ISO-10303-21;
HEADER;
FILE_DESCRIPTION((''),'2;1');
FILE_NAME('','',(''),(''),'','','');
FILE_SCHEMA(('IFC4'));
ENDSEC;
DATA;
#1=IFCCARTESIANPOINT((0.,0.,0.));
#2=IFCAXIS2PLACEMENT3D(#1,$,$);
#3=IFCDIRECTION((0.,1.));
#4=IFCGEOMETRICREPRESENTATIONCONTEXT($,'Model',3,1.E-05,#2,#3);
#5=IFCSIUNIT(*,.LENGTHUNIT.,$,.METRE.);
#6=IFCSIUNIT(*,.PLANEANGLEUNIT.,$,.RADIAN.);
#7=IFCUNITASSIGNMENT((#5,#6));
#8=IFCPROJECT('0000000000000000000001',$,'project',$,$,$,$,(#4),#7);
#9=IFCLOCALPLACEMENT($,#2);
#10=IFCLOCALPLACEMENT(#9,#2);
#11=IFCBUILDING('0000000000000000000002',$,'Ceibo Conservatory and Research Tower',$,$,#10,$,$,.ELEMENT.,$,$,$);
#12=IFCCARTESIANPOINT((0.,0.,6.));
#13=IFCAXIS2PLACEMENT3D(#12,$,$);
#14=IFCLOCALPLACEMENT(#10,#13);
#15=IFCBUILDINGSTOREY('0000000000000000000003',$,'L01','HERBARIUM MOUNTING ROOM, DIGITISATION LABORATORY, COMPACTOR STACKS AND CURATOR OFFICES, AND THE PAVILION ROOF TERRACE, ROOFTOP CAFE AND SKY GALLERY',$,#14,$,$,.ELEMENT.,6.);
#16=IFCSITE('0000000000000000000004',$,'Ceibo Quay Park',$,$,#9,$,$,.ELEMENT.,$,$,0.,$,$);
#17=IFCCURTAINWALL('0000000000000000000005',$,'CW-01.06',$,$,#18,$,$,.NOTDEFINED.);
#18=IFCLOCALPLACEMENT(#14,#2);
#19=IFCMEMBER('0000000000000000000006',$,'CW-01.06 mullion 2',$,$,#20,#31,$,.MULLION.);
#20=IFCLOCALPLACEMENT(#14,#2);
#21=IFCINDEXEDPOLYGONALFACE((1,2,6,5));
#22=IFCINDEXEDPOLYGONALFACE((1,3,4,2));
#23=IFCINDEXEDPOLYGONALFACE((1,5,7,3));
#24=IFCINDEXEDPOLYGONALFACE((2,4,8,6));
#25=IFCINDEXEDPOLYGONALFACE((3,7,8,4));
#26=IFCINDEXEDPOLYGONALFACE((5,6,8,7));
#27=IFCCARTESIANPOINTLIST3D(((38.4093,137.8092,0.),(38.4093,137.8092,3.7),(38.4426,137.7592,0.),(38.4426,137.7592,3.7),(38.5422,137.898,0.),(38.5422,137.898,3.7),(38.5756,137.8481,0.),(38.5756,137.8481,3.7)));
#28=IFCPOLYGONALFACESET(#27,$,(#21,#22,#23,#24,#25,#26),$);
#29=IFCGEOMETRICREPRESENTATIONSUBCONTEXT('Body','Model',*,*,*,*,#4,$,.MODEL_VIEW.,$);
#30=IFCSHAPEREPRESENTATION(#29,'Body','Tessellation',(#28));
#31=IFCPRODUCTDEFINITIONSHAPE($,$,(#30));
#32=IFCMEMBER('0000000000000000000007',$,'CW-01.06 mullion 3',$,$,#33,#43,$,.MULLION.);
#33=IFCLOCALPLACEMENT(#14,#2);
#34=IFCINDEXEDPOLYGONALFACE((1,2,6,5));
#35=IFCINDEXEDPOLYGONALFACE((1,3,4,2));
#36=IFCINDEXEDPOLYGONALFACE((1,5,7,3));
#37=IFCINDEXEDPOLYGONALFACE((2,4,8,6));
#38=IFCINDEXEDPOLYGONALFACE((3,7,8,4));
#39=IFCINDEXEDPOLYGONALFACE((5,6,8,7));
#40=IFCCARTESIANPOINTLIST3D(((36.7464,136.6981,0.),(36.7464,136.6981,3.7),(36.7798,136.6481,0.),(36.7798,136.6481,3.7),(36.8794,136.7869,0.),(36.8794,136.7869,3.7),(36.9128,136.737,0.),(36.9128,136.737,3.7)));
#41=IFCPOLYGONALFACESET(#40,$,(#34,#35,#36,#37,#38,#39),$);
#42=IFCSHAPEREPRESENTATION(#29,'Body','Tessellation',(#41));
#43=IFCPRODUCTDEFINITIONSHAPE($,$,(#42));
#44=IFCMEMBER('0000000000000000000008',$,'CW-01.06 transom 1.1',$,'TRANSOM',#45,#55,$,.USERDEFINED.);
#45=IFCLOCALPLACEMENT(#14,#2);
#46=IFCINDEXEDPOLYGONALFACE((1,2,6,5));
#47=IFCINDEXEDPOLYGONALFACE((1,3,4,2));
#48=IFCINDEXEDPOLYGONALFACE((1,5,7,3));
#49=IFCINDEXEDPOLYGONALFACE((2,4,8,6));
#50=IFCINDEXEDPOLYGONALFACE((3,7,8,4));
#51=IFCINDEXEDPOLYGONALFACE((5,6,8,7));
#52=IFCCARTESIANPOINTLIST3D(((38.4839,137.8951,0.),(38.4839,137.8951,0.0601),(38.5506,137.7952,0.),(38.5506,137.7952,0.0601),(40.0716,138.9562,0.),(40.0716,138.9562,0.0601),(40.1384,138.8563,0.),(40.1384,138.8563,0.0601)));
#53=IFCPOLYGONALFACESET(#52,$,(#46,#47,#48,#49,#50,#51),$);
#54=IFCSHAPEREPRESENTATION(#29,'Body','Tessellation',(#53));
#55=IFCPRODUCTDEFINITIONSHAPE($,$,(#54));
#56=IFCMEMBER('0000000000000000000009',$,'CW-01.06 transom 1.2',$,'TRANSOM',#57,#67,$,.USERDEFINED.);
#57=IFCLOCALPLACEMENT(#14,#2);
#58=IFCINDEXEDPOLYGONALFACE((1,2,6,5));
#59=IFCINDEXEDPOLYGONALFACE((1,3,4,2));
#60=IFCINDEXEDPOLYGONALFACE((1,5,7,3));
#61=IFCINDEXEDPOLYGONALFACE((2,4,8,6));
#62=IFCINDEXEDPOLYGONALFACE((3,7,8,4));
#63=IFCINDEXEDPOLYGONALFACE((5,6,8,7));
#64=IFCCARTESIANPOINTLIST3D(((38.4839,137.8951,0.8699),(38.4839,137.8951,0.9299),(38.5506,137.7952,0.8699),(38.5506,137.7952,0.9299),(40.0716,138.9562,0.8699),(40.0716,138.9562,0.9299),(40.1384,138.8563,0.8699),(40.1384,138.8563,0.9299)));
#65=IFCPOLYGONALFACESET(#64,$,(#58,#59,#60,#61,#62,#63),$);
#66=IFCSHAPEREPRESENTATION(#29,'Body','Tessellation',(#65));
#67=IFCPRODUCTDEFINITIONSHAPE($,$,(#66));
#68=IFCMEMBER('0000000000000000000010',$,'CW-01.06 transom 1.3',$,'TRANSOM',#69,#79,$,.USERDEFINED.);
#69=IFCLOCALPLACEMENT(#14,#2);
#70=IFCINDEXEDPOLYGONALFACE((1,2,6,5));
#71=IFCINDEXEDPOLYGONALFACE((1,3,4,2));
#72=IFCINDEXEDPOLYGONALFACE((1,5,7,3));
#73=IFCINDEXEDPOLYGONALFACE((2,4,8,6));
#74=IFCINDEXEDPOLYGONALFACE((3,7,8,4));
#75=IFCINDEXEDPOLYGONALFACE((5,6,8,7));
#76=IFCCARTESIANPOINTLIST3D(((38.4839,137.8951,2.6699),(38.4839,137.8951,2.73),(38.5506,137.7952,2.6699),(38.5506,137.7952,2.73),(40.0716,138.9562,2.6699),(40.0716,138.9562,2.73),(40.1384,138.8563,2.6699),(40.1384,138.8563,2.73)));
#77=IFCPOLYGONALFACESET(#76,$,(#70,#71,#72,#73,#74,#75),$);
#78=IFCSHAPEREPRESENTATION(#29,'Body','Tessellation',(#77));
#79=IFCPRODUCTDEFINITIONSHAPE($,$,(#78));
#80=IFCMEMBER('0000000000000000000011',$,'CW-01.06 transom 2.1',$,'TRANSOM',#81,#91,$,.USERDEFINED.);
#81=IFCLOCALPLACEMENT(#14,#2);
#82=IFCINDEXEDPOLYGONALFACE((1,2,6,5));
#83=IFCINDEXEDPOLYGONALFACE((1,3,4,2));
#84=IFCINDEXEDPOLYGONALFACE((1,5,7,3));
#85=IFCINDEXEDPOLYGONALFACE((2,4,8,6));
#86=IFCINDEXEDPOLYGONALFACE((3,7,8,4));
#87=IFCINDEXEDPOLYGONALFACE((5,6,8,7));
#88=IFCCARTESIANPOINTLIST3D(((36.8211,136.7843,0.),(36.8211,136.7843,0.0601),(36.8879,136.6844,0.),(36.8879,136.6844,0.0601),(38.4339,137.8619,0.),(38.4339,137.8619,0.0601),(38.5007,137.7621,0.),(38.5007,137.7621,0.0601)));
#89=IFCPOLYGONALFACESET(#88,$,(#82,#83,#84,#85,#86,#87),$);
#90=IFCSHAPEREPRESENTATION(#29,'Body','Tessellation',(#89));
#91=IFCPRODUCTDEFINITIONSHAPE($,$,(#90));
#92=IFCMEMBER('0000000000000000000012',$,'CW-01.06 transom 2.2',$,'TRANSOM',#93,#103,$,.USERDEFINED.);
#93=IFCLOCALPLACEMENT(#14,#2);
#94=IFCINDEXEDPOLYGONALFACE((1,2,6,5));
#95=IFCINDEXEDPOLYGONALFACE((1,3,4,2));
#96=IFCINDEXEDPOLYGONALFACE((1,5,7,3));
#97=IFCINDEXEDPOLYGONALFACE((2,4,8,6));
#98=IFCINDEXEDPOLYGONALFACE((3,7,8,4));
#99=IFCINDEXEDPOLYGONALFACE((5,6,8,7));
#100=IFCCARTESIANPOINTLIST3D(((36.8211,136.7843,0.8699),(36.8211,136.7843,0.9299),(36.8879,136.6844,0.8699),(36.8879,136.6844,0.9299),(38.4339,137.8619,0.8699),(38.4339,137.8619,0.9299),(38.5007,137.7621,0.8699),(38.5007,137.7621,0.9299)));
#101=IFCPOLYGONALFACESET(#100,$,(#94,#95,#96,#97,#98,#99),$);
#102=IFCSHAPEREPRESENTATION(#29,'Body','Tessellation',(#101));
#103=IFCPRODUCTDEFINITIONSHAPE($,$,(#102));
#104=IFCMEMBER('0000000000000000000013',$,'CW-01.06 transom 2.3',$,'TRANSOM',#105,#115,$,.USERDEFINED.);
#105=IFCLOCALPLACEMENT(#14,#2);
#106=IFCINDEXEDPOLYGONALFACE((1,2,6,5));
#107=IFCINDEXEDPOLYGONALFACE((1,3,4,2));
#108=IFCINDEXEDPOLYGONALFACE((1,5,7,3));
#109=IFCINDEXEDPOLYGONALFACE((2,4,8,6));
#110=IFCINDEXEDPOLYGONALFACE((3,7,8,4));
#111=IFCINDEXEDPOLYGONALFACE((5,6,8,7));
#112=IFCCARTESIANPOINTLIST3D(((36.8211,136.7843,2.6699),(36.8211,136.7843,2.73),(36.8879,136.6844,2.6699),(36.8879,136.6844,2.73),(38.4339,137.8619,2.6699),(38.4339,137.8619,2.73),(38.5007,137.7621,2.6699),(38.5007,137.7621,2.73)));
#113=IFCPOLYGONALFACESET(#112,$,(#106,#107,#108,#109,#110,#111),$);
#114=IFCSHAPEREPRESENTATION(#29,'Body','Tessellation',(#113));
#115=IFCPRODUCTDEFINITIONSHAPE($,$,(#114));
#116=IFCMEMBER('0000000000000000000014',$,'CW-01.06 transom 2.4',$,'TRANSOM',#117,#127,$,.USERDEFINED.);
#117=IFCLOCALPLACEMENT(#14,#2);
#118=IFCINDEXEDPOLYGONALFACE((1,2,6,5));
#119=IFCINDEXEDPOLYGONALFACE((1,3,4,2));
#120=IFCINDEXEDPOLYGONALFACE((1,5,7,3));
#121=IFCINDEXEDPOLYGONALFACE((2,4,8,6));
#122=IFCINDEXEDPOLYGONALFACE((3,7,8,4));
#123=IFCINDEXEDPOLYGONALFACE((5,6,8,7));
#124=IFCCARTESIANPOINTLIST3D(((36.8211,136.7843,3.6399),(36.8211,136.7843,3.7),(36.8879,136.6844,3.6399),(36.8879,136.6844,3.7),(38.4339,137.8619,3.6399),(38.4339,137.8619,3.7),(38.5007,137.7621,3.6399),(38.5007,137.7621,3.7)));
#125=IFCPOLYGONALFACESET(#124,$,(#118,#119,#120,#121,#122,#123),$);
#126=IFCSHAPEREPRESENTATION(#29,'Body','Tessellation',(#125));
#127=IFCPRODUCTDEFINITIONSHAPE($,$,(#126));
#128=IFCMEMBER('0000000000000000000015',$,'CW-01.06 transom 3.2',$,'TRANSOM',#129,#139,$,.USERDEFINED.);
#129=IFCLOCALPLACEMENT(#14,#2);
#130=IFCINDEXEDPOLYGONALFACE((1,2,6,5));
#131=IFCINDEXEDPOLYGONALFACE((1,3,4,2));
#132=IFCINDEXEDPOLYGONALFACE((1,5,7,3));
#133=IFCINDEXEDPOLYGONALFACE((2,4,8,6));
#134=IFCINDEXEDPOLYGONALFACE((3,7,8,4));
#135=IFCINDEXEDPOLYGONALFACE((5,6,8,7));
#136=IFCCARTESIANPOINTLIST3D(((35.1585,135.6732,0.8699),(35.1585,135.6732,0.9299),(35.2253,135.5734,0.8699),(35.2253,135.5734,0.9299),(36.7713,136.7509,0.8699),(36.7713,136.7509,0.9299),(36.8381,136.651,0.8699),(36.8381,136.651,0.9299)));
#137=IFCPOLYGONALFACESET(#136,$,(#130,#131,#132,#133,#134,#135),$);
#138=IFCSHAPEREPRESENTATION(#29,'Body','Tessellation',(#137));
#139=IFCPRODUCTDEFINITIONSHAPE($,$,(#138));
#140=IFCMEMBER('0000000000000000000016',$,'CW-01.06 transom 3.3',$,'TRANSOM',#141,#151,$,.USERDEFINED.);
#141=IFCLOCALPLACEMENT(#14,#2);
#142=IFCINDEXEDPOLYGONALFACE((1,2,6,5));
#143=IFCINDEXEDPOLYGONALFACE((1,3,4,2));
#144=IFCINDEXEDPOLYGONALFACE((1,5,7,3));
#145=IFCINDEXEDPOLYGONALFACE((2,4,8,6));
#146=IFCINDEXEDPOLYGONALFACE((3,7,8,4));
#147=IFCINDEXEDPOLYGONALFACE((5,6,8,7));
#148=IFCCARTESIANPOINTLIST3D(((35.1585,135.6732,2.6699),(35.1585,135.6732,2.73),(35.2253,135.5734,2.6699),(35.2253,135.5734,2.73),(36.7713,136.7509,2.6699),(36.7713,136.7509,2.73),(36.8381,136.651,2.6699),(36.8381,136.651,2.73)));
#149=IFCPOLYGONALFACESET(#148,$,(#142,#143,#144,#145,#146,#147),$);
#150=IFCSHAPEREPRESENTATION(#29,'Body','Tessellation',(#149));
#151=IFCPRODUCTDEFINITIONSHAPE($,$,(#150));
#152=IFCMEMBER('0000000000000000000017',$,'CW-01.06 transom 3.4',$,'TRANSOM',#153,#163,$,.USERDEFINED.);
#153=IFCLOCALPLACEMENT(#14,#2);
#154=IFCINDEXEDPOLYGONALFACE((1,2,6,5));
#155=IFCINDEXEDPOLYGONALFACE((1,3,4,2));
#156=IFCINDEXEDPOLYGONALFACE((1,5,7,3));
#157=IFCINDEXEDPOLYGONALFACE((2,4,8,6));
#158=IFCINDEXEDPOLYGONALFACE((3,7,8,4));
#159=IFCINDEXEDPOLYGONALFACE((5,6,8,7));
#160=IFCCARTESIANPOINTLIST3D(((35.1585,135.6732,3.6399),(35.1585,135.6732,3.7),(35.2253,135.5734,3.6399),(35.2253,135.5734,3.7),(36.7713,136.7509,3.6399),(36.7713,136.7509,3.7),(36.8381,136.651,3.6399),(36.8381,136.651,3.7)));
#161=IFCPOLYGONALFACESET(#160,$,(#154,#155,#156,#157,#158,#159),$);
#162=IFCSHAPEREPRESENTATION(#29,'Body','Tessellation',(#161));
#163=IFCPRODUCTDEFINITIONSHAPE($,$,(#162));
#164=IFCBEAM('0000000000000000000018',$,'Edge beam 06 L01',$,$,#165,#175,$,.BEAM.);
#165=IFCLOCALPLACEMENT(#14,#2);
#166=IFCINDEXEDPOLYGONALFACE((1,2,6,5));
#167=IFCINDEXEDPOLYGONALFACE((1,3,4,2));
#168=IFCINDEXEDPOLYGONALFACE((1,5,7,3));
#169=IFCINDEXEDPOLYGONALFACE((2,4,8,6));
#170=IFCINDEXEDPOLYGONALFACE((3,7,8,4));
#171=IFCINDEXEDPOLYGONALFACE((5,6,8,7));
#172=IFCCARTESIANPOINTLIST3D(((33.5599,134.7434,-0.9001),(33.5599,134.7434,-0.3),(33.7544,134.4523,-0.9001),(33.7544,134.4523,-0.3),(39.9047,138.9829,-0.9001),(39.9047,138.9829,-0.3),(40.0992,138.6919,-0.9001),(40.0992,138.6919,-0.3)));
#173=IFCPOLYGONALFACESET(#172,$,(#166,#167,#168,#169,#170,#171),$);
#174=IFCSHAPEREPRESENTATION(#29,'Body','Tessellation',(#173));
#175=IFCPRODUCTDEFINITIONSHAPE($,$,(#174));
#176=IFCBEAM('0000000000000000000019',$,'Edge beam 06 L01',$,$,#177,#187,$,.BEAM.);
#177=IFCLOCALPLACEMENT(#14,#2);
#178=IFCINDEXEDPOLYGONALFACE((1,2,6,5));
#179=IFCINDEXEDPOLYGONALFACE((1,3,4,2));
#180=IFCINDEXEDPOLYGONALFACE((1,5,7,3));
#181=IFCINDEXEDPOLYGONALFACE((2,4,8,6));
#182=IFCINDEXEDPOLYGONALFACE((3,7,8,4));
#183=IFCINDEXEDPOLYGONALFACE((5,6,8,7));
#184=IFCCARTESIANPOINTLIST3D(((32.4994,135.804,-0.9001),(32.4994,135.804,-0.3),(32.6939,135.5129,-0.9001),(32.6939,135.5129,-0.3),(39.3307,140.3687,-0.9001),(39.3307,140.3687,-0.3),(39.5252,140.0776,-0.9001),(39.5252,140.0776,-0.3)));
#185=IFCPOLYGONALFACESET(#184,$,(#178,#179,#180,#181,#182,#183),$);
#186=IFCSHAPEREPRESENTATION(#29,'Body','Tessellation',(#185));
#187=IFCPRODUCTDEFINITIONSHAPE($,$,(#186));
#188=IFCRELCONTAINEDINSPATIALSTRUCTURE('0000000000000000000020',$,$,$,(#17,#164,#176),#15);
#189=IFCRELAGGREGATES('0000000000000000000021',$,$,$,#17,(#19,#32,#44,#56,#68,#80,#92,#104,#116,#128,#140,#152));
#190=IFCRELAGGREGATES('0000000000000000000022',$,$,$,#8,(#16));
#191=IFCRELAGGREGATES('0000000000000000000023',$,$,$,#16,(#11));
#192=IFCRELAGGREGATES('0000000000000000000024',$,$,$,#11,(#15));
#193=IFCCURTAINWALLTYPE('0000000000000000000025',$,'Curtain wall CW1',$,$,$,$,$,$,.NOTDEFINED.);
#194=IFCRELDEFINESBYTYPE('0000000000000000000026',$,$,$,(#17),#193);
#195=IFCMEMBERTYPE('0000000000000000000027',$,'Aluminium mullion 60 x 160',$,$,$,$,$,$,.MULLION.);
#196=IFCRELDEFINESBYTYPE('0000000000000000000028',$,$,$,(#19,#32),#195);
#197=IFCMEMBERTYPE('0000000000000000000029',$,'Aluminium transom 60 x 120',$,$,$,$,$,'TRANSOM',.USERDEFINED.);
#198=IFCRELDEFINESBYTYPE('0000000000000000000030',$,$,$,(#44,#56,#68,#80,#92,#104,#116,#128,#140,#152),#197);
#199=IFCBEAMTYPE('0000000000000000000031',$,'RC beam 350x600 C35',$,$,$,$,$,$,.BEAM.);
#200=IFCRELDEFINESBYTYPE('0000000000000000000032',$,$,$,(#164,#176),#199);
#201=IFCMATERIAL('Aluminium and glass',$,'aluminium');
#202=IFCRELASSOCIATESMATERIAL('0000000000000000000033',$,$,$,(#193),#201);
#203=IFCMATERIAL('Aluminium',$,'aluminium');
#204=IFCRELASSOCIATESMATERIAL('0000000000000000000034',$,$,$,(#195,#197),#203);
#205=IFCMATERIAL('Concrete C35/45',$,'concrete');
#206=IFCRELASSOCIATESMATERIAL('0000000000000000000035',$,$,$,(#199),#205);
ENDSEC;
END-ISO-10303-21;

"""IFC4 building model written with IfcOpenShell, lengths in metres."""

from ifc_helpers import new_model, si_unit, direction, frame, origin, origin_2d, place, context, subcontext, project, spatial, rectangle, extrude, material, material_profile, profile_set, type_object, element, aggregate, save


model = new_model("IFC4")

# Units and contexts
model_context = context("Model", 3, precision=1e-05, world=origin(), true_north=direction((0.0, 1.0)))
body_context = subcontext(model_context, "Body", "Model", "MODEL_VIEW")
ifc_project = project(units=[si_unit("LENGTHUNIT", "METRE"), si_unit("PLANEANGLEUNIT", "RADIAN")], contexts=[model_context])

# Site, building, storey
site_placement = place(None, origin())
site = spatial("IfcSite", under=ifc_project, at=site_placement, Name="Ceibo Quay Park", CompositionType="ELEMENT", RefElevation=0.0)
building_placement = place(site_placement, origin())
building = spatial("IfcBuilding", under=site, at=building_placement, Name="Ceibo Conservatory and Research Tower", CompositionType="ELEMENT")
storey_placement = place(building_placement, frame((0.0, 0.0, 6.0)))
storey = spatial("IfcBuildingStorey", under=building, at=storey_placement, Name="L01", Description="HERBARIUM MOUNTING ROOM, DIGITISATION LABORATORY, COMPACTOR STACKS AND CURATOR OFFICES, AND THE PAVILION ROOF TERRACE, ROOFTOP CAFE AND SKY GALLERY", CompositionType="ELEMENT", Elevation=6.0)

# Curtain wall, members
ifc_material_1 = material(Name="Aluminium and glass", Category="aluminium")
curtain_wall_type = type_object("IfcCurtainWallType", Name="Curtain wall CW1", PredefinedType="NOTDEFINED", material=ifc_material_1)
curtain_wall_placement = place(storey_placement, origin())
curtain_wall = element("IfcCurtainWall", 1, at=curtain_wall_placement, inside=storey, type_object=curtain_wall_type, Name="CW-01.06", PredefinedType="NOTDEFINED")
ifc_material_2 = material(Name="Aluminium", Category="aluminium")
ifc_material_profile_1 = material_profile(ifc_material_2, rectangle(XDim=0.0601, YDim=0.1599, at=origin_2d()), Name="Aluminium 60 x 160")
ifc_profile_set_1 = profile_set([ifc_material_profile_1], Name="Aluminium")
member_type_1 = type_object("IfcMemberType", Name="Aluminium mullion 60 x 160", PredefinedType="MULLION", material=ifc_profile_set_1)
member_1_placement = place(storey_placement, frame((38.4924, 137.8286, 0.0), z_axis=(0.0, 0.0, 1.0), x_axis=(0.55557, -0.83147, 0.0)))
member_1 = element("IfcMember", 2, at=member_1_placement, type_object=member_type_1, Name="CW-01.06 mullion 2", PredefinedType="MULLION", context=body_context, shape_type="SweptSolid", body=[
    extrude(rectangle(XDim=0.0601, YDim=0.1599, at=origin_2d()), origin(), (0.0, 0.0, 1.0), 3.7),
])
member_2_placement = place(storey_placement, frame((36.8296, 136.7175, 0.0), z_axis=(0.0, 0.0, 1.0), x_axis=(0.55557, -0.83147, 0.0)))
member_2 = element("IfcMember", 3, at=member_2_placement, type_object=member_type_1, Name="CW-01.06 mullion 3", PredefinedType="MULLION", context=body_context, shape_type="SweptSolid", body=[
    extrude(rectangle(XDim=0.0601, YDim=0.1599, at=origin_2d()), origin(), (0.0, 0.0, 1.0), 3.7),
])
ifc_material_profile_2 = material_profile(ifc_material_2, rectangle(XDim=0.1201, YDim=0.0601, at=origin_2d()), Name="Aluminium 60 x 120")
ifc_profile_set_2 = profile_set([ifc_material_profile_2], Name="Aluminium")
member_type_2 = type_object("IfcMemberType", Name="Aluminium transom 60 x 120", ElementType="TRANSOM", PredefinedType="USERDEFINED", material=ifc_profile_set_2)
member_3_placement = place(storey_placement, frame((40.105, 138.9062, 0.03), z_axis=(-0.83142, -0.555644, 0.0), x_axis=(0.555644, -0.83142, 0.0)))
member_3 = element("IfcMember", 4, at=member_3_placement, type_object=member_type_2, Name="CW-01.06 transom 1.1", ObjectType="TRANSOM", PredefinedType="USERDEFINED", context=body_context, shape_type="SweptSolid", body=[
    extrude(rectangle(XDim=0.1201, YDim=0.0601, at=origin_2d()), origin(), (0.0, 0.0, 1.0), 1.9097),
])
member_4_placement = place(storey_placement, frame((40.105, 138.9062, 0.8999), z_axis=(-0.83142, -0.555644, 0.0), x_axis=(0.555644, -0.83142, 0.0)))
member_4 = element("IfcMember", 5, at=member_4_placement, type_object=member_type_2, Name="CW-01.06 transom 1.2", ObjectType="TRANSOM", PredefinedType="USERDEFINED", context=body_context, shape_type="SweptSolid", body=[
    extrude(rectangle(XDim=0.1201, YDim=0.0601, at=origin_2d()), origin(), (0.0, 0.0, 1.0), 1.9097),
])
member_5_placement = place(storey_placement, frame((40.105, 138.9062, 2.7), z_axis=(-0.83142, -0.555644, 0.0), x_axis=(0.555644, -0.83142, 0.0)))
member_5 = element("IfcMember", 6, at=member_5_placement, type_object=member_type_2, Name="CW-01.06 transom 1.3", ObjectType="TRANSOM", PredefinedType="USERDEFINED", context=body_context, shape_type="SweptSolid", body=[
    extrude(rectangle(XDim=0.1201, YDim=0.0601, at=origin_2d()), origin(), (0.0, 0.0, 1.0), 1.9097),
])
member_6_placement = place(storey_placement, frame((38.4673, 137.812, 0.03), z_axis=(-0.831469, -0.555571, 0.0), x_axis=(0.555571, -0.831469, 0.0)))
member_6 = element("IfcMember", 7, at=member_6_placement, type_object=member_type_2, Name="CW-01.06 transom 2.1", ObjectType="TRANSOM", PredefinedType="USERDEFINED", context=body_context, shape_type="SweptSolid", body=[
    extrude(rectangle(XDim=0.1201, YDim=0.0601, at=origin_2d()), origin(), (0.0, 0.0, 1.0), 1.9397),
])
member_7_placement = place(storey_placement, frame((38.4673, 137.812, 0.8999), z_axis=(-0.831469, -0.555571, 0.0), x_axis=(0.555571, -0.831469, 0.0)))
member_7 = element("IfcMember", 8, at=member_7_placement, type_object=member_type_2, Name="CW-01.06 transom 2.2", ObjectType="TRANSOM", PredefinedType="USERDEFINED", context=body_context, shape_type="SweptSolid", body=[
    extrude(rectangle(XDim=0.1201, YDim=0.0601, at=origin_2d()), origin(), (0.0, 0.0, 1.0), 1.9397),
])
member_8_placement = place(storey_placement, frame((38.4673, 137.812, 2.7), z_axis=(-0.831469, -0.555571, 0.0), x_axis=(0.555571, -0.831469, 0.0)))
member_8 = element("IfcMember", 9, at=member_8_placement, type_object=member_type_2, Name="CW-01.06 transom 2.3", ObjectType="TRANSOM", PredefinedType="USERDEFINED", context=body_context, shape_type="SweptSolid", body=[
    extrude(rectangle(XDim=0.1201, YDim=0.0601, at=origin_2d()), origin(), (0.0, 0.0, 1.0), 1.9397),
])
member_9_placement = place(storey_placement, frame((38.4673, 137.812, 3.6699), z_axis=(-0.831469, -0.555571, 0.0), x_axis=(0.555571, -0.831469, 0.0)))
member_9 = element("IfcMember", 10, at=member_9_placement, type_object=member_type_2, Name="CW-01.06 transom 2.4", ObjectType="TRANSOM", PredefinedType="USERDEFINED", context=body_context, shape_type="SweptSolid", body=[
    extrude(rectangle(XDim=0.1201, YDim=0.0601, at=origin_2d()), origin(), (0.0, 0.0, 1.0), 1.9397),
])
member_10_placement = place(storey_placement, frame((36.8047, 136.7009, 0.8999), z_axis=(-0.831469, -0.555571, 0.0), x_axis=(0.555571, -0.831469, 0.0)))
member_10 = element("IfcMember", 11, at=member_10_placement, type_object=member_type_2, Name="CW-01.06 transom 3.2", ObjectType="TRANSOM", PredefinedType="USERDEFINED", context=body_context, shape_type="SweptSolid", body=[
    extrude(rectangle(XDim=0.1201, YDim=0.0601, at=origin_2d()), origin(), (0.0, 0.0, 1.0), 1.9397),
])
member_11_placement = place(storey_placement, frame((36.8047, 136.7009, 2.7), z_axis=(-0.831469, -0.555571, 0.0), x_axis=(0.555571, -0.831469, 0.0)))
member_11 = element("IfcMember", 12, at=member_11_placement, type_object=member_type_2, Name="CW-01.06 transom 3.3", ObjectType="TRANSOM", PredefinedType="USERDEFINED", context=body_context, shape_type="SweptSolid", body=[
    extrude(rectangle(XDim=0.1201, YDim=0.0601, at=origin_2d()), origin(), (0.0, 0.0, 1.0), 1.9397),
])
member_12_placement = place(storey_placement, frame((36.8047, 136.7009, 3.6699), z_axis=(-0.831469, -0.555571, 0.0), x_axis=(0.555571, -0.831469, 0.0)))
member_12 = element("IfcMember", 13, at=member_12_placement, type_object=member_type_2, Name="CW-01.06 transom 3.4", ObjectType="TRANSOM", PredefinedType="USERDEFINED", context=body_context, shape_type="SweptSolid", body=[
    extrude(rectangle(XDim=0.1201, YDim=0.0601, at=origin_2d()), origin(), (0.0, 0.0, 1.0), 1.9397),
])

# Beams
ifc_material_3 = material(Name="Concrete C35/45", Category="concrete")
ifc_material_profile_3 = material_profile(ifc_material_3, rectangle(XDim=0.3501, YDim=0.6001, at=origin_2d()), Name="RC 350x600")
ifc_profile_set_3 = profile_set([ifc_material_profile_3], Name="Concrete C35/45")
beam_type = type_object("IfcBeamType", Name="RC beam 350x600 C35", PredefinedType="BEAM", material=ifc_profile_set_3)
beam_1_placement = place(storey_placement, frame((40.002, 138.8374, -0.6001), z_axis=(-0.831464, -0.555578, 0.0), x_axis=(0.555578, -0.831464, 0.0)))
element("IfcBeam", 14, at=beam_1_placement, inside=storey, type_object=beam_type, Name="Edge beam 06 L01", PredefinedType="BEAM", context=body_context, shape_type="SweptSolid", body=[
    extrude(rectangle(XDim=0.3501, YDim=0.6001, at=origin_2d()), origin(), (0.0, 0.0, 1.0), 7.6309),
])
beam_2_placement = place(storey_placement, frame((39.428, 140.2231, -0.6001), z_axis=(-0.83146, -0.555584, 0.0), x_axis=(0.555584, -0.83146, 0.0)))
element("IfcBeam", 15, at=beam_2_placement, inside=storey, type_object=beam_type, Name="Edge beam 06 L01", PredefinedType="BEAM", context=body_context, shape_type="SweptSolid", body=[
    extrude(rectangle(XDim=0.3501, YDim=0.6001, at=origin_2d()), origin(), (0.0, 0.0, 1.0), 8.2161),
])

aggregate(curtain_wall, [member_1, member_2, member_3, member_4, member_5, member_6, member_7, member_8, member_9, member_10, member_11, member_12])

save(model, "model.ifc")
